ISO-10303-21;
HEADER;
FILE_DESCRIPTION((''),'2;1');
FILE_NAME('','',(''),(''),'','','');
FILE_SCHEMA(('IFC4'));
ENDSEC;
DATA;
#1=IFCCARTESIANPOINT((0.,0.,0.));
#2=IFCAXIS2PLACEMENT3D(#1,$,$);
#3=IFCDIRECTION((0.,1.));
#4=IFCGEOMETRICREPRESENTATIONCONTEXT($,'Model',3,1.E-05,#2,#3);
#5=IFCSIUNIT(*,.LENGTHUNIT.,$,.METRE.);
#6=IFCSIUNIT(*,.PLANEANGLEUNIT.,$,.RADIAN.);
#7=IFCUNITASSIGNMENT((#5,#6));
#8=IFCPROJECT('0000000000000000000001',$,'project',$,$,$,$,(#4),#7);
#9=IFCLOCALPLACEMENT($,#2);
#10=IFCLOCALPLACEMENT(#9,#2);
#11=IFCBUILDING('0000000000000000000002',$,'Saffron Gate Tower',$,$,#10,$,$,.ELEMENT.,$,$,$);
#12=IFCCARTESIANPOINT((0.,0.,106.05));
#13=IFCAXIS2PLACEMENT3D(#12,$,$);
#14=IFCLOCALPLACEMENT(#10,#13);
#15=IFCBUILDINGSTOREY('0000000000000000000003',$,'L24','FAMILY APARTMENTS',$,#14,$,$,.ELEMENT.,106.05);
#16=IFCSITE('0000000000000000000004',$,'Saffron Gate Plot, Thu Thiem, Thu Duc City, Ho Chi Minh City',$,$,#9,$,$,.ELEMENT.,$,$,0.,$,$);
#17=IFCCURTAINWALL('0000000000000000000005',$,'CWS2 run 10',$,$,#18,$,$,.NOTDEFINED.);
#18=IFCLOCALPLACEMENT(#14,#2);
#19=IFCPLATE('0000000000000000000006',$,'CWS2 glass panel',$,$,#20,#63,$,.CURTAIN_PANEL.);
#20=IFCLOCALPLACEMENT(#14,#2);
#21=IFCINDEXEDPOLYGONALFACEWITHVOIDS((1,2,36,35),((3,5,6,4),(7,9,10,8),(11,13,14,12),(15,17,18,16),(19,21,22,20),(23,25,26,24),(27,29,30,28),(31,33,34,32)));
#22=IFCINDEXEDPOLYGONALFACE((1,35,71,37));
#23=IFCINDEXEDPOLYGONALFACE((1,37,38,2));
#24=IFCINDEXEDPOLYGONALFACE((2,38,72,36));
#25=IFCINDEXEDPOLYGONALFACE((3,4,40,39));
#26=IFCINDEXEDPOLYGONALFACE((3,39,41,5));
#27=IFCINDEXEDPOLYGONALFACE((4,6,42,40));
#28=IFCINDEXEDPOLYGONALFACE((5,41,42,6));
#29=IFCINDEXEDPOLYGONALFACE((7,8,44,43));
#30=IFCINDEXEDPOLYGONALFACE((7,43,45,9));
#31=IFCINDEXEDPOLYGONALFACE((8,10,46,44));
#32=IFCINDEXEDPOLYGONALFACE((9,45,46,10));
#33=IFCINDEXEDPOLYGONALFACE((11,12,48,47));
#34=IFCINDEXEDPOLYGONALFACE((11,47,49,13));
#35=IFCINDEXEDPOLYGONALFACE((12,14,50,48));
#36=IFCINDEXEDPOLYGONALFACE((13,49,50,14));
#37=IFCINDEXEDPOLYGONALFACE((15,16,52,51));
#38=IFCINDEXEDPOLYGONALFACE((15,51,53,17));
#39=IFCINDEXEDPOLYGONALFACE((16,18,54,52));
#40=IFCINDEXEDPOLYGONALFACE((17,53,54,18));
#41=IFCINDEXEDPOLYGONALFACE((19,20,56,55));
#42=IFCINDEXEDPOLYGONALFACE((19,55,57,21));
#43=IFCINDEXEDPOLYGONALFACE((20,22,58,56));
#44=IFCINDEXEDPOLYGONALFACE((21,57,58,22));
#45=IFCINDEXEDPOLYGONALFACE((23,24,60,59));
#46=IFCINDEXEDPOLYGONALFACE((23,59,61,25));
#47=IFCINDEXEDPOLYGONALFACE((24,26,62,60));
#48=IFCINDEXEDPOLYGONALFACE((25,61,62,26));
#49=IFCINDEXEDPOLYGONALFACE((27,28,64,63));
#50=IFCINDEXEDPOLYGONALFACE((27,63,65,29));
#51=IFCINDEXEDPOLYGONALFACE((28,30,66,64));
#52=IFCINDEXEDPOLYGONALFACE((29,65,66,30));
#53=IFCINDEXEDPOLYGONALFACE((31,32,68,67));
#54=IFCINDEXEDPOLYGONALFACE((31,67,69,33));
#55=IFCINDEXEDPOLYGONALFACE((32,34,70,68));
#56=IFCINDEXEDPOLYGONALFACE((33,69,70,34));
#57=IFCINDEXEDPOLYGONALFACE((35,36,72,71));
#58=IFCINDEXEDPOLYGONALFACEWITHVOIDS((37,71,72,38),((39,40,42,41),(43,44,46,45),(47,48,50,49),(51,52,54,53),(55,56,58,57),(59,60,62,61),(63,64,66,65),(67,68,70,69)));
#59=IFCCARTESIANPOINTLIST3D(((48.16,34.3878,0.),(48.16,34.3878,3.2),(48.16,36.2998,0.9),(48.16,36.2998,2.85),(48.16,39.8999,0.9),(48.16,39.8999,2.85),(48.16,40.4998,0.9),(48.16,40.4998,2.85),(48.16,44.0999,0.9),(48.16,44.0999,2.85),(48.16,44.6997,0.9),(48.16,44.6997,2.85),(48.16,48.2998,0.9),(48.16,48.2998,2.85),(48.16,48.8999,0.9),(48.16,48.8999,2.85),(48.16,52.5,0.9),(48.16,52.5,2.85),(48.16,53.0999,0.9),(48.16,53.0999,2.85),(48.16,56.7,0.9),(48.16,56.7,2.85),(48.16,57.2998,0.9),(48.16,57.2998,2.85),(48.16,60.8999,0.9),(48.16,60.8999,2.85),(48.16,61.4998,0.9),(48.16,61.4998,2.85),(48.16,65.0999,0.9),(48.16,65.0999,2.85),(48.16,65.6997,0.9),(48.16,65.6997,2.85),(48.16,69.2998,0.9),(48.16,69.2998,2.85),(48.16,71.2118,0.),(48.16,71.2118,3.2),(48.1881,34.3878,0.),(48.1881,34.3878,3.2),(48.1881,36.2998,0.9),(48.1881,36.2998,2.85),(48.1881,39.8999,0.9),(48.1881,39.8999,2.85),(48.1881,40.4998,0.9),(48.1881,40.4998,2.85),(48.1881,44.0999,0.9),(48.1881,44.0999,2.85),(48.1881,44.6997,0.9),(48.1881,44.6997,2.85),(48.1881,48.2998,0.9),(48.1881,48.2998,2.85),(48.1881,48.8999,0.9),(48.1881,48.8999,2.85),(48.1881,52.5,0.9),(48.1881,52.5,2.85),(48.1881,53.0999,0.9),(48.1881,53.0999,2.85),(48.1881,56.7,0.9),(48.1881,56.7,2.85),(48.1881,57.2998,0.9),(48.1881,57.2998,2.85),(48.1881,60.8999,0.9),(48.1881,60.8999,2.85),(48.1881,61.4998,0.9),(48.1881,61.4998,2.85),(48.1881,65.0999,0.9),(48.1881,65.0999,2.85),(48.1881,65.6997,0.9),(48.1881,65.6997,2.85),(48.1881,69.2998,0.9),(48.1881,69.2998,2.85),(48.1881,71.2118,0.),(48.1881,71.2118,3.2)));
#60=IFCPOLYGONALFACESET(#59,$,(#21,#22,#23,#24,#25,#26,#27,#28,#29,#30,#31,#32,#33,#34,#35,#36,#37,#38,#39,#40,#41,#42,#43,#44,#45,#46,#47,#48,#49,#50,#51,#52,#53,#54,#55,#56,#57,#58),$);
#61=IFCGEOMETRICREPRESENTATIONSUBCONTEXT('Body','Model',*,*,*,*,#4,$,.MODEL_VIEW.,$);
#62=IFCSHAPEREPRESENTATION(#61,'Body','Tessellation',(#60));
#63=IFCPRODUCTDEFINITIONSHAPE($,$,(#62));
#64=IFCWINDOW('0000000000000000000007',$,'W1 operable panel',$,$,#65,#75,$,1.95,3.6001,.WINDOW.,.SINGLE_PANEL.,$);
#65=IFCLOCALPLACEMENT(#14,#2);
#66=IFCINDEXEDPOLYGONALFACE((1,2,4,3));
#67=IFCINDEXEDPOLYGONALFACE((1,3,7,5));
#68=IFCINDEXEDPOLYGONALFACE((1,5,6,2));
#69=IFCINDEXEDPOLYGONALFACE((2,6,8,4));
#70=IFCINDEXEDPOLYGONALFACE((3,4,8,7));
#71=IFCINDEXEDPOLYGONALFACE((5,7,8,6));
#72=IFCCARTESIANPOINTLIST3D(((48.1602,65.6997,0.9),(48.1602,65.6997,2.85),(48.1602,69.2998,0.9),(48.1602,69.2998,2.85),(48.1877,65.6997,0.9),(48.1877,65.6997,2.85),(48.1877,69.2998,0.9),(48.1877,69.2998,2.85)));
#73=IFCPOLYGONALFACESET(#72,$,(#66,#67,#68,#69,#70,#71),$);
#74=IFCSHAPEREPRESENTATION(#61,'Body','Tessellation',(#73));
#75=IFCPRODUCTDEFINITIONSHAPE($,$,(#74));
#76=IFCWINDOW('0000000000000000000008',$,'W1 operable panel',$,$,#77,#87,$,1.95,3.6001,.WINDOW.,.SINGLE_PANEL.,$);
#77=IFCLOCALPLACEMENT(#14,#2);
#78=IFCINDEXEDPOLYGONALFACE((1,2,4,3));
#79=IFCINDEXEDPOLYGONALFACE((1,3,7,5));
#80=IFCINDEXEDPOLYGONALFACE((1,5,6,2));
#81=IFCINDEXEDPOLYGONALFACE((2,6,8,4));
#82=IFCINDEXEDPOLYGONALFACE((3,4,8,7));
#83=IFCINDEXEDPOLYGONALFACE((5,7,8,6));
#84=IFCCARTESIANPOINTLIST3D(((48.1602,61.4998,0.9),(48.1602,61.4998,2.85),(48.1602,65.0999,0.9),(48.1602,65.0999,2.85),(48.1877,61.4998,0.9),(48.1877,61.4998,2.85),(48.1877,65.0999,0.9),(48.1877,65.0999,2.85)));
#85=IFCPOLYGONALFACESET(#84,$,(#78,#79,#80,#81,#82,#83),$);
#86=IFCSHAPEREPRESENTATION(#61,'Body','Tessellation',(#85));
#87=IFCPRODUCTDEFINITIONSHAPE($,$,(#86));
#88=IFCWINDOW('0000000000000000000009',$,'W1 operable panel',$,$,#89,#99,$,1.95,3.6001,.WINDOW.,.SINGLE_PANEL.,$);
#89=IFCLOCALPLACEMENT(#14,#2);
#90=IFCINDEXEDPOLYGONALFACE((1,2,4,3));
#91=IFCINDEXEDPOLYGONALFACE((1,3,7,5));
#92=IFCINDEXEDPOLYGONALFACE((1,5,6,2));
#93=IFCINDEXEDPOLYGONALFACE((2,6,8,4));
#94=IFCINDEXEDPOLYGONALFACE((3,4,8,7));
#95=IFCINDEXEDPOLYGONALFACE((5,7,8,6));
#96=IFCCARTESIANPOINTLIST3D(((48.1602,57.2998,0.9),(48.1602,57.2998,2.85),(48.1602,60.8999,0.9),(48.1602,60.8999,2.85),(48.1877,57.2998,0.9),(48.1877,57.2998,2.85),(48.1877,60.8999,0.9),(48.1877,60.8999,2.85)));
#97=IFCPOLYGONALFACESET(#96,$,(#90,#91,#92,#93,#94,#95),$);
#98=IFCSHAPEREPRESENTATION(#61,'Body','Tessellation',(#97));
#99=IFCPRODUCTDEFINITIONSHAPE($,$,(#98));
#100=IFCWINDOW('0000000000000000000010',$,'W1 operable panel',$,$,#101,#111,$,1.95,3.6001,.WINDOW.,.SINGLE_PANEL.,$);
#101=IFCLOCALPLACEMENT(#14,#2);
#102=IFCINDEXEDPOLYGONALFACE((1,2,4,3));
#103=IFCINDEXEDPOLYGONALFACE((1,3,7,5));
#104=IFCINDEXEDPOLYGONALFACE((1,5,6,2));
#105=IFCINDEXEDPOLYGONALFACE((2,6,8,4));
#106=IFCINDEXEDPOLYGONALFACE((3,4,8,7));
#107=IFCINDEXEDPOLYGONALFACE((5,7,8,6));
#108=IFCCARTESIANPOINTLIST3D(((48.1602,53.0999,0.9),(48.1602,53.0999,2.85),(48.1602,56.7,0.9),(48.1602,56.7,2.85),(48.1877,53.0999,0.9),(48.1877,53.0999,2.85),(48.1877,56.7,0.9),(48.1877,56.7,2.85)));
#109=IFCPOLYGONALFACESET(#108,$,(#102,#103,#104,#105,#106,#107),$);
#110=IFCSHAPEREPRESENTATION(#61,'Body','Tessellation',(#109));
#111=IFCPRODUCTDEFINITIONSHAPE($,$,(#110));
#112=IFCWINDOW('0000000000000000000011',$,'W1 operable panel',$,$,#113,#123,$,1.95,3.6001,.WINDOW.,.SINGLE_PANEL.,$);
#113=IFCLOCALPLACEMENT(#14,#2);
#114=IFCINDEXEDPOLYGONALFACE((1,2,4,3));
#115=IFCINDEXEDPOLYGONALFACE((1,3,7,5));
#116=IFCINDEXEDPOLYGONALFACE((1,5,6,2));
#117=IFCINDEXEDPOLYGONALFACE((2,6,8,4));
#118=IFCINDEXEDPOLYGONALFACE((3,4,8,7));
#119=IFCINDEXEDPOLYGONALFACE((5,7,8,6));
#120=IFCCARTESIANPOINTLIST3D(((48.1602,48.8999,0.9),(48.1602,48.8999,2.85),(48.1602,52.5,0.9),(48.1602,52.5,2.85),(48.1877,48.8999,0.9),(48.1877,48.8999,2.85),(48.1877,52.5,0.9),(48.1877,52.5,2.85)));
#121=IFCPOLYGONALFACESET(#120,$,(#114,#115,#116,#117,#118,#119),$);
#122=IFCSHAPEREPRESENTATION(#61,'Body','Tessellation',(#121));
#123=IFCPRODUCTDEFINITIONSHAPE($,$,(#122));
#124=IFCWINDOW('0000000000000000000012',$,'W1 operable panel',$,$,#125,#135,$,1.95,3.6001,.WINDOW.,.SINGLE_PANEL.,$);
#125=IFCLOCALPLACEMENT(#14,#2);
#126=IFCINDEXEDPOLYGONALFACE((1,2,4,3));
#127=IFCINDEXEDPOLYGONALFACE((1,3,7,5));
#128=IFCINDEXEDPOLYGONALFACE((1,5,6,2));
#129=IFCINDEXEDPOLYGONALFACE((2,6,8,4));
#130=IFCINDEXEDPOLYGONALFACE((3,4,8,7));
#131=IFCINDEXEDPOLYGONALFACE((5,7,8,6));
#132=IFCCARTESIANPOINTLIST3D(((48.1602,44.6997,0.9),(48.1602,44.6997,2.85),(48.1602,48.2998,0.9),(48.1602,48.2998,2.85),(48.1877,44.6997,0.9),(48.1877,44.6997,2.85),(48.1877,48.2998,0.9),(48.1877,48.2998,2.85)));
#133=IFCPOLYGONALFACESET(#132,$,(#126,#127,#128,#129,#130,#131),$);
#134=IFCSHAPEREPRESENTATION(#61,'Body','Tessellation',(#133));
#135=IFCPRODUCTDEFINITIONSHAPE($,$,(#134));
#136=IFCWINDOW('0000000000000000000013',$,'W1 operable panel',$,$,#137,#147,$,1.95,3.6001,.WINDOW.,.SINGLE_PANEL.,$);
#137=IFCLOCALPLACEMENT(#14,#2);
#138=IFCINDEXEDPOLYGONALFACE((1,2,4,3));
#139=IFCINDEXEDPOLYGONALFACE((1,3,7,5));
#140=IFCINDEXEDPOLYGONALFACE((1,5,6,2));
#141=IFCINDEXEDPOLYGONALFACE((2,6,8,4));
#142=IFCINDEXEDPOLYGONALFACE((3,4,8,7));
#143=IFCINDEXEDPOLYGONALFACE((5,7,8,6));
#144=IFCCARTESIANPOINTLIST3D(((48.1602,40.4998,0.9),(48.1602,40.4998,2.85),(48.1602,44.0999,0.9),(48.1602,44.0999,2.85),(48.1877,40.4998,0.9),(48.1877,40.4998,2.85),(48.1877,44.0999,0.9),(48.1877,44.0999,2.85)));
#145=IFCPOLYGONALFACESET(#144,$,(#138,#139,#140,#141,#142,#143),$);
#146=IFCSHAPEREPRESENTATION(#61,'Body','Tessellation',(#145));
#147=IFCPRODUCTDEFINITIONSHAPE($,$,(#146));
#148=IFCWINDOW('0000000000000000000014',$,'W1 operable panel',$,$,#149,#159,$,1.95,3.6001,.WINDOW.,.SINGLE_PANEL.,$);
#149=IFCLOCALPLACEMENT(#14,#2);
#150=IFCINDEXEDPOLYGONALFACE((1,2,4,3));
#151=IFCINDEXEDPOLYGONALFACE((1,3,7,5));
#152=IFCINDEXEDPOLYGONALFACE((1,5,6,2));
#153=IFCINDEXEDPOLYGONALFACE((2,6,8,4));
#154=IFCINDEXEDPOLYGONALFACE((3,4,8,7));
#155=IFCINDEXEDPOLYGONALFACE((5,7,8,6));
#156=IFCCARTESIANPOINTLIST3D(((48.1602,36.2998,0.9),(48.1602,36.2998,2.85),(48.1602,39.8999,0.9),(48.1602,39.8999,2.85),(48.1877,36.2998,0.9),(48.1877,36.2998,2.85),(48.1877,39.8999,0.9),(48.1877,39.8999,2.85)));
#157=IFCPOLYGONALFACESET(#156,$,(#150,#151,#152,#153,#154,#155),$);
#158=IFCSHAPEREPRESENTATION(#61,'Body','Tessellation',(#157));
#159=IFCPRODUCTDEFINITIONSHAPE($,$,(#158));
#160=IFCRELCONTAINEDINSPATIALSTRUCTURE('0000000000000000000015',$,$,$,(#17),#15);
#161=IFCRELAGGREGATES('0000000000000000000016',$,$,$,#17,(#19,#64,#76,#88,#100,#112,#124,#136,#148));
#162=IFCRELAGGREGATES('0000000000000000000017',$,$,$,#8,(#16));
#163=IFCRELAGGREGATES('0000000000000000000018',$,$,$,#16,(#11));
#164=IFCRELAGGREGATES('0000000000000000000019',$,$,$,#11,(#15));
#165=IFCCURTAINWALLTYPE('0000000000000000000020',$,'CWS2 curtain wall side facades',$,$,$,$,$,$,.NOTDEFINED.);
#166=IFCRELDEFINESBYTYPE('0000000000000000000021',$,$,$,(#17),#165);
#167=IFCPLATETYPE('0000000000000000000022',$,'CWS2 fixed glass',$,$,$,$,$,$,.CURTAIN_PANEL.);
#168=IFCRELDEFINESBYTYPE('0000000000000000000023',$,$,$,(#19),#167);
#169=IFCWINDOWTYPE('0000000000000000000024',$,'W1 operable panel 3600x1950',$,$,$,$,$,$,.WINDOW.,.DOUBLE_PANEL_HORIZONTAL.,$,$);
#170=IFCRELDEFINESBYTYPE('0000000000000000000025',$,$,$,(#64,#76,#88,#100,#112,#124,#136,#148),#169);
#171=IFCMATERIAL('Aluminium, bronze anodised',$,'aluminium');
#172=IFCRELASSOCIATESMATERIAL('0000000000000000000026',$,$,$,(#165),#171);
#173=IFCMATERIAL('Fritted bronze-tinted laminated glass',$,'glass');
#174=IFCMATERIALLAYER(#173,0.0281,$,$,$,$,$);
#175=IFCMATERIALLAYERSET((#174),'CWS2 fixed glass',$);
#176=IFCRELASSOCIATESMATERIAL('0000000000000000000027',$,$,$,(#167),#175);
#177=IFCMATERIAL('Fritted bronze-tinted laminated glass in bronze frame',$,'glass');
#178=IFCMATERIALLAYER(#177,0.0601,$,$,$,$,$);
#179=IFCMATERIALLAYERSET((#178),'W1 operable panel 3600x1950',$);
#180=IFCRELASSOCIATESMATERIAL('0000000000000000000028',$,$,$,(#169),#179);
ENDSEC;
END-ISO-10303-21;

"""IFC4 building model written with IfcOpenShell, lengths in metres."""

from ifc_helpers import new_model, si_unit, direction, frame, frame_2d, origin, place, context, subcontext, project, spatial, rectangle, extrude, material, layer, layer_set, type_object, element, fill, aggregate, save


model = new_model("IFC4")

# Units and contexts
model_context = context("Model", 3, precision=1e-05, world=origin(), true_north=direction((0.0, 1.0)))
body_context = subcontext(model_context, "Body", "Model", "MODEL_VIEW")
ifc_project = project(units=[si_unit("LENGTHUNIT", "METRE"), si_unit("PLANEANGLEUNIT", "RADIAN")], contexts=[model_context])

# Site, building, storey
site_placement = place(None, origin())
site = spatial("IfcSite", under=ifc_project, at=site_placement, Name="Saffron Gate Plot, Thu Thiem, Thu Duc City, Ho Chi Minh City", CompositionType="ELEMENT", RefElevation=0.0)
building_placement = place(site_placement, origin())
building = spatial("IfcBuilding", under=site, at=building_placement, Name="Saffron Gate Tower", CompositionType="ELEMENT")
storey_placement = place(building_placement, frame((0.0, 0.0, 106.05)))
storey = spatial("IfcBuildingStorey", under=building, at=storey_placement, Name="L24", Description="FAMILY APARTMENTS", CompositionType="ELEMENT", Elevation=106.05)

# Curtain wall
ifc_material_1 = material(Name="Aluminium, bronze anodised", Category="aluminium")
curtain_wall_type_1 = type_object("IfcCurtainWallType", Name="CWS2 curtain wall side facades", PredefinedType="NOTDEFINED", material=ifc_material_1)
curtain_wall_1_placement = place(storey_placement, origin())
curtain_wall_1 = element("IfcCurtainWall", 1, at=curtain_wall_1_placement, inside=storey, type_object=curtain_wall_type_1, Name="CWS2 run 10", PredefinedType="NOTDEFINED")

# Plate, openings, windows
ifc_material_2 = material(Name="Fritted bronze-tinted laminated glass", Category="glass")
ifc_layer_1 = layer(ifc_material_2, 0.0281)
ifc_layer_set_1 = layer_set([ifc_layer_1], Name="CWS2 fixed glass")
plate_type = type_object("IfcPlateType", Name="CWS2 fixed glass", PredefinedType="CURTAIN_PANEL", material=ifc_layer_set_1)
plate_placement = place(storey_placement, frame((48.1741, 71.2119, 0.0), z_axis=(0.0, 0.0, 1.0), x_axis=(0.0, -1.0, 0.0)))
plate = element("IfcPlate", 2, at=plate_placement, type_object=plate_type, Name="CWS2 glass panel", PredefinedType="CURTAIN_PANEL", context=body_context, shape_type="SweptSolid", body=[
    extrude(rectangle(XDim=36.824, YDim=0.0281, at=frame_2d((18.4121, 0.0))), origin(), (0.0, 0.0, 1.0), 3.2),
])
opening_1_placement = place(plate_placement, frame((1.9121, 0.0, 0.8999)))
opening_1 = element("IfcOpeningElement", 3, at=opening_1_placement, cuts=plate, PredefinedType="OPENING", context=body_context, shape_type="SweptSolid", body=[
    extrude(rectangle(XDim=3.6001, YDim=1.95, at=frame_2d((1.8, 0.9751))), frame((0.0, 0.0239, 0.0), z_axis=(0.0, -1.0, 0.0), x_axis=(1.0, 0.0, 0.0)), (0.0, 0.0, 1.0), 0.0481),
])
opening_2_placement = place(plate_placement, frame((6.1121, 0.0, 0.8999)))
opening_2 = element("IfcOpeningElement", 4, at=opening_2_placement, cuts=plate, PredefinedType="OPENING", context=body_context, shape_type="SweptSolid", body=[
    extrude(rectangle(XDim=3.6001, YDim=1.95, at=frame_2d((1.8, 0.9751))), frame((0.0, 0.0239, 0.0), z_axis=(0.0, -1.0, 0.0), x_axis=(1.0, 0.0, 0.0)), (0.0, 0.0, 1.0), 0.0481),
])
opening_3_placement = place(plate_placement, frame((10.312, 0.0, 0.8999)))
opening_3 = element("IfcOpeningElement", 5, at=opening_3_placement, cuts=plate, PredefinedType="OPENING", context=body_context, shape_type="SweptSolid", body=[
    extrude(rectangle(XDim=3.6001, YDim=1.95, at=frame_2d((1.8, 0.9751))), frame((0.0, 0.0239, 0.0), z_axis=(0.0, -1.0, 0.0), x_axis=(1.0, 0.0, 0.0)), (0.0, 0.0, 1.0), 0.0481),
])
opening_4_placement = place(plate_placement, frame((14.512, 0.0, 0.8999)))
opening_4 = element("IfcOpeningElement", 6, at=opening_4_placement, cuts=plate, PredefinedType="OPENING", context=body_context, shape_type="SweptSolid", body=[
    extrude(rectangle(XDim=3.6001, YDim=1.95, at=frame_2d((1.8, 0.9751))), frame((0.0, 0.0239, 0.0), z_axis=(0.0, -1.0, 0.0), x_axis=(1.0, 0.0, 0.0)), (0.0, 0.0, 1.0), 0.0481),
])
opening_5_placement = place(plate_placement, frame((18.7119, 0.0, 0.8999)))
opening_5 = element("IfcOpeningElement", 7, at=opening_5_placement, cuts=plate, PredefinedType="OPENING", context=body_context, shape_type="SweptSolid", body=[
    extrude(rectangle(XDim=3.6001, YDim=1.95, at=frame_2d((1.8, 0.9751))), frame((0.0, 0.0239, 0.0), z_axis=(0.0, -1.0, 0.0), x_axis=(1.0, 0.0, 0.0)), (0.0, 0.0, 1.0), 0.0481),
])
opening_6_placement = place(plate_placement, frame((22.9121, 0.0, 0.8999)))
opening_6 = element("IfcOpeningElement", 8, at=opening_6_placement, cuts=plate, PredefinedType="OPENING", context=body_context, shape_type="SweptSolid", body=[
    extrude(rectangle(XDim=3.6001, YDim=1.95, at=frame_2d((1.8, 0.9751))), frame((0.0, 0.0239, 0.0), z_axis=(0.0, -1.0, 0.0), x_axis=(1.0, 0.0, 0.0)), (0.0, 0.0, 1.0), 0.0481),
])
opening_7_placement = place(plate_placement, frame((27.1121, 0.0, 0.8999)))
opening_7 = element("IfcOpeningElement", 9, at=opening_7_placement, cuts=plate, PredefinedType="OPENING", context=body_context, shape_type="SweptSolid", body=[
    extrude(rectangle(XDim=3.6001, YDim=1.95, at=frame_2d((1.8, 0.9751))), frame((0.0, 0.0239, 0.0), z_axis=(0.0, -1.0, 0.0), x_axis=(1.0, 0.0, 0.0)), (0.0, 0.0, 1.0), 0.0481),
])
opening_8_placement = place(plate_placement, frame((31.312, 0.0, 0.8999)))
opening_8 = element("IfcOpeningElement", 10, at=opening_8_placement, cuts=plate, PredefinedType="OPENING", context=body_context, shape_type="SweptSolid", body=[
    extrude(rectangle(XDim=3.6001, YDim=1.95, at=frame_2d((1.8, 0.9751))), frame((0.0, 0.0239, 0.0), z_axis=(0.0, -1.0, 0.0), x_axis=(1.0, 0.0, 0.0)), (0.0, 0.0, 1.0), 0.0481),
])
ifc_material_3 = material(Name="Fritted bronze-tinted laminated glass in bronze frame", Category="glass")
ifc_layer_2 = layer(ifc_material_3, 0.0601)
ifc_layer_set_2 = layer_set([ifc_layer_2], Name="W1 operable panel 3600x1950")
window_type = type_object("IfcWindowType", Name="W1 operable panel 3600x1950", PartitioningType="DOUBLE_PANEL_HORIZONTAL", PredefinedType="WINDOW", material=ifc_layer_set_2)
window_1_placement = place(opening_1_placement, origin())
window_1 = element("IfcWindow", 11, at=window_1_placement, type_object=window_type, Name="W1 operable panel", OverallHeight=1.95, OverallWidth=3.6001, PartitioningType="SINGLE_PANEL", PredefinedType="WINDOW", context=body_context, shape_type="SweptSolid", body=[
    extrude(rectangle(XDim=3.6001, YDim=1.95, at=frame_2d((1.8, 0.9751))), frame((0.0, 0.0137, 0.0), z_axis=(0.0, -1.0, 0.0), x_axis=(1.0, 0.0, 0.0)), (0.0, 0.0, 1.0), 0.0276),
])
fill(opening_1, window_1)
window_2_placement = place(opening_2_placement, origin())
window_2 = element("IfcWindow", 12, at=window_2_placement, type_object=window_type, Name="W1 operable panel", OverallHeight=1.95, OverallWidth=3.6001, PartitioningType="SINGLE_PANEL", PredefinedType="WINDOW", context=body_context, shape_type="SweptSolid", body=[
    extrude(rectangle(XDim=3.6001, YDim=1.95, at=frame_2d((1.8, 0.9751))), frame((0.0, 0.0137, 0.0), z_axis=(0.0, -1.0, 0.0), x_axis=(1.0, 0.0, 0.0)), (0.0, 0.0, 1.0), 0.0276),
])
fill(opening_2, window_2)
window_3_placement = place(opening_3_placement, origin())
window_3 = element("IfcWindow", 13, at=window_3_placement, type_object=window_type, Name="W1 operable panel", OverallHeight=1.95, OverallWidth=3.6001, PartitioningType="SINGLE_PANEL", PredefinedType="WINDOW", context=body_context, shape_type="SweptSolid", body=[
    extrude(rectangle(XDim=3.6001, YDim=1.95, at=frame_2d((1.8, 0.9751))), frame((0.0, 0.0137, 0.0), z_axis=(0.0, -1.0, 0.0), x_axis=(1.0, 0.0, 0.0)), (0.0, 0.0, 1.0), 0.0276),
])
fill(opening_3, window_3)
window_4_placement = place(opening_4_placement, origin())
window_4 = element("IfcWindow", 14, at=window_4_placement, type_object=window_type, Name="W1 operable panel", OverallHeight=1.95, OverallWidth=3.6001, PartitioningType="SINGLE_PANEL", PredefinedType="WINDOW", context=body_context, shape_type="SweptSolid", body=[
    extrude(rectangle(XDim=3.6001, YDim=1.95, at=frame_2d((1.8, 0.9751))), frame((0.0, 0.0137, 0.0), z_axis=(0.0, -1.0, 0.0), x_axis=(1.0, 0.0, 0.0)), (0.0, 0.0, 1.0), 0.0276),
])
fill(opening_4, window_4)
window_5_placement = place(opening_5_placement, origin())
window_5 = element("IfcWindow", 15, at=window_5_placement, type_object=window_type, Name="W1 operable panel", OverallHeight=1.95, OverallWidth=3.6001, PartitioningType="SINGLE_PANEL", PredefinedType="WINDOW", context=body_context, shape_type="SweptSolid", body=[
    extrude(rectangle(XDim=3.6001, YDim=1.95, at=frame_2d((1.8, 0.9751))), frame((0.0, 0.0137, 0.0), z_axis=(0.0, -1.0, 0.0), x_axis=(1.0, 0.0, 0.0)), (0.0, 0.0, 1.0), 0.0276),
])
fill(opening_5, window_5)
window_6_placement = place(opening_6_placement, origin())
window_6 = element("IfcWindow", 16, at=window_6_placement, type_object=window_type, Name="W1 operable panel", OverallHeight=1.95, OverallWidth=3.6001, PartitioningType="SINGLE_PANEL", PredefinedType="WINDOW", context=body_context, shape_type="SweptSolid", body=[
    extrude(rectangle(XDim=3.6001, YDim=1.95, at=frame_2d((1.8, 0.9751))), frame((0.0, 0.0137, 0.0), z_axis=(0.0, -1.0, 0.0), x_axis=(1.0, 0.0, 0.0)), (0.0, 0.0, 1.0), 0.0276),
])
fill(opening_6, window_6)
window_7_placement = place(opening_7_placement, origin())
window_7 = element("IfcWindow", 17, at=window_7_placement, type_object=window_type, Name="W1 operable panel", OverallHeight=1.95, OverallWidth=3.6001, PartitioningType="SINGLE_PANEL", PredefinedType="WINDOW", context=body_context, shape_type="SweptSolid", body=[
    extrude(rectangle(XDim=3.6001, YDim=1.95, at=frame_2d((1.8, 0.9751))), frame((0.0, 0.0137, 0.0), z_axis=(0.0, -1.0, 0.0), x_axis=(1.0, 0.0, 0.0)), (0.0, 0.0, 1.0), 0.0276),
])
fill(opening_7, window_7)
window_8_placement = place(opening_8_placement, origin())
window_8 = element("IfcWindow", 18, at=window_8_placement, type_object=window_type, Name="W1 operable panel", OverallHeight=1.95, OverallWidth=3.6001, PartitioningType="SINGLE_PANEL", PredefinedType="WINDOW", context=body_context, shape_type="SweptSolid", body=[
    extrude(rectangle(XDim=3.6001, YDim=1.95, at=frame_2d((1.8, 0.9751))), frame((0.0, 0.0137, 0.0), z_axis=(0.0, -1.0, 0.0), x_axis=(1.0, 0.0, 0.0)), (0.0, 0.0, 1.0), 0.0276),
])
fill(opening_8, window_8)
aggregate(curtain_wall_1, [plate, window_1, window_2, window_3, window_4, window_5, window_6, window_7, window_8])

save(model, "model.ifc")
